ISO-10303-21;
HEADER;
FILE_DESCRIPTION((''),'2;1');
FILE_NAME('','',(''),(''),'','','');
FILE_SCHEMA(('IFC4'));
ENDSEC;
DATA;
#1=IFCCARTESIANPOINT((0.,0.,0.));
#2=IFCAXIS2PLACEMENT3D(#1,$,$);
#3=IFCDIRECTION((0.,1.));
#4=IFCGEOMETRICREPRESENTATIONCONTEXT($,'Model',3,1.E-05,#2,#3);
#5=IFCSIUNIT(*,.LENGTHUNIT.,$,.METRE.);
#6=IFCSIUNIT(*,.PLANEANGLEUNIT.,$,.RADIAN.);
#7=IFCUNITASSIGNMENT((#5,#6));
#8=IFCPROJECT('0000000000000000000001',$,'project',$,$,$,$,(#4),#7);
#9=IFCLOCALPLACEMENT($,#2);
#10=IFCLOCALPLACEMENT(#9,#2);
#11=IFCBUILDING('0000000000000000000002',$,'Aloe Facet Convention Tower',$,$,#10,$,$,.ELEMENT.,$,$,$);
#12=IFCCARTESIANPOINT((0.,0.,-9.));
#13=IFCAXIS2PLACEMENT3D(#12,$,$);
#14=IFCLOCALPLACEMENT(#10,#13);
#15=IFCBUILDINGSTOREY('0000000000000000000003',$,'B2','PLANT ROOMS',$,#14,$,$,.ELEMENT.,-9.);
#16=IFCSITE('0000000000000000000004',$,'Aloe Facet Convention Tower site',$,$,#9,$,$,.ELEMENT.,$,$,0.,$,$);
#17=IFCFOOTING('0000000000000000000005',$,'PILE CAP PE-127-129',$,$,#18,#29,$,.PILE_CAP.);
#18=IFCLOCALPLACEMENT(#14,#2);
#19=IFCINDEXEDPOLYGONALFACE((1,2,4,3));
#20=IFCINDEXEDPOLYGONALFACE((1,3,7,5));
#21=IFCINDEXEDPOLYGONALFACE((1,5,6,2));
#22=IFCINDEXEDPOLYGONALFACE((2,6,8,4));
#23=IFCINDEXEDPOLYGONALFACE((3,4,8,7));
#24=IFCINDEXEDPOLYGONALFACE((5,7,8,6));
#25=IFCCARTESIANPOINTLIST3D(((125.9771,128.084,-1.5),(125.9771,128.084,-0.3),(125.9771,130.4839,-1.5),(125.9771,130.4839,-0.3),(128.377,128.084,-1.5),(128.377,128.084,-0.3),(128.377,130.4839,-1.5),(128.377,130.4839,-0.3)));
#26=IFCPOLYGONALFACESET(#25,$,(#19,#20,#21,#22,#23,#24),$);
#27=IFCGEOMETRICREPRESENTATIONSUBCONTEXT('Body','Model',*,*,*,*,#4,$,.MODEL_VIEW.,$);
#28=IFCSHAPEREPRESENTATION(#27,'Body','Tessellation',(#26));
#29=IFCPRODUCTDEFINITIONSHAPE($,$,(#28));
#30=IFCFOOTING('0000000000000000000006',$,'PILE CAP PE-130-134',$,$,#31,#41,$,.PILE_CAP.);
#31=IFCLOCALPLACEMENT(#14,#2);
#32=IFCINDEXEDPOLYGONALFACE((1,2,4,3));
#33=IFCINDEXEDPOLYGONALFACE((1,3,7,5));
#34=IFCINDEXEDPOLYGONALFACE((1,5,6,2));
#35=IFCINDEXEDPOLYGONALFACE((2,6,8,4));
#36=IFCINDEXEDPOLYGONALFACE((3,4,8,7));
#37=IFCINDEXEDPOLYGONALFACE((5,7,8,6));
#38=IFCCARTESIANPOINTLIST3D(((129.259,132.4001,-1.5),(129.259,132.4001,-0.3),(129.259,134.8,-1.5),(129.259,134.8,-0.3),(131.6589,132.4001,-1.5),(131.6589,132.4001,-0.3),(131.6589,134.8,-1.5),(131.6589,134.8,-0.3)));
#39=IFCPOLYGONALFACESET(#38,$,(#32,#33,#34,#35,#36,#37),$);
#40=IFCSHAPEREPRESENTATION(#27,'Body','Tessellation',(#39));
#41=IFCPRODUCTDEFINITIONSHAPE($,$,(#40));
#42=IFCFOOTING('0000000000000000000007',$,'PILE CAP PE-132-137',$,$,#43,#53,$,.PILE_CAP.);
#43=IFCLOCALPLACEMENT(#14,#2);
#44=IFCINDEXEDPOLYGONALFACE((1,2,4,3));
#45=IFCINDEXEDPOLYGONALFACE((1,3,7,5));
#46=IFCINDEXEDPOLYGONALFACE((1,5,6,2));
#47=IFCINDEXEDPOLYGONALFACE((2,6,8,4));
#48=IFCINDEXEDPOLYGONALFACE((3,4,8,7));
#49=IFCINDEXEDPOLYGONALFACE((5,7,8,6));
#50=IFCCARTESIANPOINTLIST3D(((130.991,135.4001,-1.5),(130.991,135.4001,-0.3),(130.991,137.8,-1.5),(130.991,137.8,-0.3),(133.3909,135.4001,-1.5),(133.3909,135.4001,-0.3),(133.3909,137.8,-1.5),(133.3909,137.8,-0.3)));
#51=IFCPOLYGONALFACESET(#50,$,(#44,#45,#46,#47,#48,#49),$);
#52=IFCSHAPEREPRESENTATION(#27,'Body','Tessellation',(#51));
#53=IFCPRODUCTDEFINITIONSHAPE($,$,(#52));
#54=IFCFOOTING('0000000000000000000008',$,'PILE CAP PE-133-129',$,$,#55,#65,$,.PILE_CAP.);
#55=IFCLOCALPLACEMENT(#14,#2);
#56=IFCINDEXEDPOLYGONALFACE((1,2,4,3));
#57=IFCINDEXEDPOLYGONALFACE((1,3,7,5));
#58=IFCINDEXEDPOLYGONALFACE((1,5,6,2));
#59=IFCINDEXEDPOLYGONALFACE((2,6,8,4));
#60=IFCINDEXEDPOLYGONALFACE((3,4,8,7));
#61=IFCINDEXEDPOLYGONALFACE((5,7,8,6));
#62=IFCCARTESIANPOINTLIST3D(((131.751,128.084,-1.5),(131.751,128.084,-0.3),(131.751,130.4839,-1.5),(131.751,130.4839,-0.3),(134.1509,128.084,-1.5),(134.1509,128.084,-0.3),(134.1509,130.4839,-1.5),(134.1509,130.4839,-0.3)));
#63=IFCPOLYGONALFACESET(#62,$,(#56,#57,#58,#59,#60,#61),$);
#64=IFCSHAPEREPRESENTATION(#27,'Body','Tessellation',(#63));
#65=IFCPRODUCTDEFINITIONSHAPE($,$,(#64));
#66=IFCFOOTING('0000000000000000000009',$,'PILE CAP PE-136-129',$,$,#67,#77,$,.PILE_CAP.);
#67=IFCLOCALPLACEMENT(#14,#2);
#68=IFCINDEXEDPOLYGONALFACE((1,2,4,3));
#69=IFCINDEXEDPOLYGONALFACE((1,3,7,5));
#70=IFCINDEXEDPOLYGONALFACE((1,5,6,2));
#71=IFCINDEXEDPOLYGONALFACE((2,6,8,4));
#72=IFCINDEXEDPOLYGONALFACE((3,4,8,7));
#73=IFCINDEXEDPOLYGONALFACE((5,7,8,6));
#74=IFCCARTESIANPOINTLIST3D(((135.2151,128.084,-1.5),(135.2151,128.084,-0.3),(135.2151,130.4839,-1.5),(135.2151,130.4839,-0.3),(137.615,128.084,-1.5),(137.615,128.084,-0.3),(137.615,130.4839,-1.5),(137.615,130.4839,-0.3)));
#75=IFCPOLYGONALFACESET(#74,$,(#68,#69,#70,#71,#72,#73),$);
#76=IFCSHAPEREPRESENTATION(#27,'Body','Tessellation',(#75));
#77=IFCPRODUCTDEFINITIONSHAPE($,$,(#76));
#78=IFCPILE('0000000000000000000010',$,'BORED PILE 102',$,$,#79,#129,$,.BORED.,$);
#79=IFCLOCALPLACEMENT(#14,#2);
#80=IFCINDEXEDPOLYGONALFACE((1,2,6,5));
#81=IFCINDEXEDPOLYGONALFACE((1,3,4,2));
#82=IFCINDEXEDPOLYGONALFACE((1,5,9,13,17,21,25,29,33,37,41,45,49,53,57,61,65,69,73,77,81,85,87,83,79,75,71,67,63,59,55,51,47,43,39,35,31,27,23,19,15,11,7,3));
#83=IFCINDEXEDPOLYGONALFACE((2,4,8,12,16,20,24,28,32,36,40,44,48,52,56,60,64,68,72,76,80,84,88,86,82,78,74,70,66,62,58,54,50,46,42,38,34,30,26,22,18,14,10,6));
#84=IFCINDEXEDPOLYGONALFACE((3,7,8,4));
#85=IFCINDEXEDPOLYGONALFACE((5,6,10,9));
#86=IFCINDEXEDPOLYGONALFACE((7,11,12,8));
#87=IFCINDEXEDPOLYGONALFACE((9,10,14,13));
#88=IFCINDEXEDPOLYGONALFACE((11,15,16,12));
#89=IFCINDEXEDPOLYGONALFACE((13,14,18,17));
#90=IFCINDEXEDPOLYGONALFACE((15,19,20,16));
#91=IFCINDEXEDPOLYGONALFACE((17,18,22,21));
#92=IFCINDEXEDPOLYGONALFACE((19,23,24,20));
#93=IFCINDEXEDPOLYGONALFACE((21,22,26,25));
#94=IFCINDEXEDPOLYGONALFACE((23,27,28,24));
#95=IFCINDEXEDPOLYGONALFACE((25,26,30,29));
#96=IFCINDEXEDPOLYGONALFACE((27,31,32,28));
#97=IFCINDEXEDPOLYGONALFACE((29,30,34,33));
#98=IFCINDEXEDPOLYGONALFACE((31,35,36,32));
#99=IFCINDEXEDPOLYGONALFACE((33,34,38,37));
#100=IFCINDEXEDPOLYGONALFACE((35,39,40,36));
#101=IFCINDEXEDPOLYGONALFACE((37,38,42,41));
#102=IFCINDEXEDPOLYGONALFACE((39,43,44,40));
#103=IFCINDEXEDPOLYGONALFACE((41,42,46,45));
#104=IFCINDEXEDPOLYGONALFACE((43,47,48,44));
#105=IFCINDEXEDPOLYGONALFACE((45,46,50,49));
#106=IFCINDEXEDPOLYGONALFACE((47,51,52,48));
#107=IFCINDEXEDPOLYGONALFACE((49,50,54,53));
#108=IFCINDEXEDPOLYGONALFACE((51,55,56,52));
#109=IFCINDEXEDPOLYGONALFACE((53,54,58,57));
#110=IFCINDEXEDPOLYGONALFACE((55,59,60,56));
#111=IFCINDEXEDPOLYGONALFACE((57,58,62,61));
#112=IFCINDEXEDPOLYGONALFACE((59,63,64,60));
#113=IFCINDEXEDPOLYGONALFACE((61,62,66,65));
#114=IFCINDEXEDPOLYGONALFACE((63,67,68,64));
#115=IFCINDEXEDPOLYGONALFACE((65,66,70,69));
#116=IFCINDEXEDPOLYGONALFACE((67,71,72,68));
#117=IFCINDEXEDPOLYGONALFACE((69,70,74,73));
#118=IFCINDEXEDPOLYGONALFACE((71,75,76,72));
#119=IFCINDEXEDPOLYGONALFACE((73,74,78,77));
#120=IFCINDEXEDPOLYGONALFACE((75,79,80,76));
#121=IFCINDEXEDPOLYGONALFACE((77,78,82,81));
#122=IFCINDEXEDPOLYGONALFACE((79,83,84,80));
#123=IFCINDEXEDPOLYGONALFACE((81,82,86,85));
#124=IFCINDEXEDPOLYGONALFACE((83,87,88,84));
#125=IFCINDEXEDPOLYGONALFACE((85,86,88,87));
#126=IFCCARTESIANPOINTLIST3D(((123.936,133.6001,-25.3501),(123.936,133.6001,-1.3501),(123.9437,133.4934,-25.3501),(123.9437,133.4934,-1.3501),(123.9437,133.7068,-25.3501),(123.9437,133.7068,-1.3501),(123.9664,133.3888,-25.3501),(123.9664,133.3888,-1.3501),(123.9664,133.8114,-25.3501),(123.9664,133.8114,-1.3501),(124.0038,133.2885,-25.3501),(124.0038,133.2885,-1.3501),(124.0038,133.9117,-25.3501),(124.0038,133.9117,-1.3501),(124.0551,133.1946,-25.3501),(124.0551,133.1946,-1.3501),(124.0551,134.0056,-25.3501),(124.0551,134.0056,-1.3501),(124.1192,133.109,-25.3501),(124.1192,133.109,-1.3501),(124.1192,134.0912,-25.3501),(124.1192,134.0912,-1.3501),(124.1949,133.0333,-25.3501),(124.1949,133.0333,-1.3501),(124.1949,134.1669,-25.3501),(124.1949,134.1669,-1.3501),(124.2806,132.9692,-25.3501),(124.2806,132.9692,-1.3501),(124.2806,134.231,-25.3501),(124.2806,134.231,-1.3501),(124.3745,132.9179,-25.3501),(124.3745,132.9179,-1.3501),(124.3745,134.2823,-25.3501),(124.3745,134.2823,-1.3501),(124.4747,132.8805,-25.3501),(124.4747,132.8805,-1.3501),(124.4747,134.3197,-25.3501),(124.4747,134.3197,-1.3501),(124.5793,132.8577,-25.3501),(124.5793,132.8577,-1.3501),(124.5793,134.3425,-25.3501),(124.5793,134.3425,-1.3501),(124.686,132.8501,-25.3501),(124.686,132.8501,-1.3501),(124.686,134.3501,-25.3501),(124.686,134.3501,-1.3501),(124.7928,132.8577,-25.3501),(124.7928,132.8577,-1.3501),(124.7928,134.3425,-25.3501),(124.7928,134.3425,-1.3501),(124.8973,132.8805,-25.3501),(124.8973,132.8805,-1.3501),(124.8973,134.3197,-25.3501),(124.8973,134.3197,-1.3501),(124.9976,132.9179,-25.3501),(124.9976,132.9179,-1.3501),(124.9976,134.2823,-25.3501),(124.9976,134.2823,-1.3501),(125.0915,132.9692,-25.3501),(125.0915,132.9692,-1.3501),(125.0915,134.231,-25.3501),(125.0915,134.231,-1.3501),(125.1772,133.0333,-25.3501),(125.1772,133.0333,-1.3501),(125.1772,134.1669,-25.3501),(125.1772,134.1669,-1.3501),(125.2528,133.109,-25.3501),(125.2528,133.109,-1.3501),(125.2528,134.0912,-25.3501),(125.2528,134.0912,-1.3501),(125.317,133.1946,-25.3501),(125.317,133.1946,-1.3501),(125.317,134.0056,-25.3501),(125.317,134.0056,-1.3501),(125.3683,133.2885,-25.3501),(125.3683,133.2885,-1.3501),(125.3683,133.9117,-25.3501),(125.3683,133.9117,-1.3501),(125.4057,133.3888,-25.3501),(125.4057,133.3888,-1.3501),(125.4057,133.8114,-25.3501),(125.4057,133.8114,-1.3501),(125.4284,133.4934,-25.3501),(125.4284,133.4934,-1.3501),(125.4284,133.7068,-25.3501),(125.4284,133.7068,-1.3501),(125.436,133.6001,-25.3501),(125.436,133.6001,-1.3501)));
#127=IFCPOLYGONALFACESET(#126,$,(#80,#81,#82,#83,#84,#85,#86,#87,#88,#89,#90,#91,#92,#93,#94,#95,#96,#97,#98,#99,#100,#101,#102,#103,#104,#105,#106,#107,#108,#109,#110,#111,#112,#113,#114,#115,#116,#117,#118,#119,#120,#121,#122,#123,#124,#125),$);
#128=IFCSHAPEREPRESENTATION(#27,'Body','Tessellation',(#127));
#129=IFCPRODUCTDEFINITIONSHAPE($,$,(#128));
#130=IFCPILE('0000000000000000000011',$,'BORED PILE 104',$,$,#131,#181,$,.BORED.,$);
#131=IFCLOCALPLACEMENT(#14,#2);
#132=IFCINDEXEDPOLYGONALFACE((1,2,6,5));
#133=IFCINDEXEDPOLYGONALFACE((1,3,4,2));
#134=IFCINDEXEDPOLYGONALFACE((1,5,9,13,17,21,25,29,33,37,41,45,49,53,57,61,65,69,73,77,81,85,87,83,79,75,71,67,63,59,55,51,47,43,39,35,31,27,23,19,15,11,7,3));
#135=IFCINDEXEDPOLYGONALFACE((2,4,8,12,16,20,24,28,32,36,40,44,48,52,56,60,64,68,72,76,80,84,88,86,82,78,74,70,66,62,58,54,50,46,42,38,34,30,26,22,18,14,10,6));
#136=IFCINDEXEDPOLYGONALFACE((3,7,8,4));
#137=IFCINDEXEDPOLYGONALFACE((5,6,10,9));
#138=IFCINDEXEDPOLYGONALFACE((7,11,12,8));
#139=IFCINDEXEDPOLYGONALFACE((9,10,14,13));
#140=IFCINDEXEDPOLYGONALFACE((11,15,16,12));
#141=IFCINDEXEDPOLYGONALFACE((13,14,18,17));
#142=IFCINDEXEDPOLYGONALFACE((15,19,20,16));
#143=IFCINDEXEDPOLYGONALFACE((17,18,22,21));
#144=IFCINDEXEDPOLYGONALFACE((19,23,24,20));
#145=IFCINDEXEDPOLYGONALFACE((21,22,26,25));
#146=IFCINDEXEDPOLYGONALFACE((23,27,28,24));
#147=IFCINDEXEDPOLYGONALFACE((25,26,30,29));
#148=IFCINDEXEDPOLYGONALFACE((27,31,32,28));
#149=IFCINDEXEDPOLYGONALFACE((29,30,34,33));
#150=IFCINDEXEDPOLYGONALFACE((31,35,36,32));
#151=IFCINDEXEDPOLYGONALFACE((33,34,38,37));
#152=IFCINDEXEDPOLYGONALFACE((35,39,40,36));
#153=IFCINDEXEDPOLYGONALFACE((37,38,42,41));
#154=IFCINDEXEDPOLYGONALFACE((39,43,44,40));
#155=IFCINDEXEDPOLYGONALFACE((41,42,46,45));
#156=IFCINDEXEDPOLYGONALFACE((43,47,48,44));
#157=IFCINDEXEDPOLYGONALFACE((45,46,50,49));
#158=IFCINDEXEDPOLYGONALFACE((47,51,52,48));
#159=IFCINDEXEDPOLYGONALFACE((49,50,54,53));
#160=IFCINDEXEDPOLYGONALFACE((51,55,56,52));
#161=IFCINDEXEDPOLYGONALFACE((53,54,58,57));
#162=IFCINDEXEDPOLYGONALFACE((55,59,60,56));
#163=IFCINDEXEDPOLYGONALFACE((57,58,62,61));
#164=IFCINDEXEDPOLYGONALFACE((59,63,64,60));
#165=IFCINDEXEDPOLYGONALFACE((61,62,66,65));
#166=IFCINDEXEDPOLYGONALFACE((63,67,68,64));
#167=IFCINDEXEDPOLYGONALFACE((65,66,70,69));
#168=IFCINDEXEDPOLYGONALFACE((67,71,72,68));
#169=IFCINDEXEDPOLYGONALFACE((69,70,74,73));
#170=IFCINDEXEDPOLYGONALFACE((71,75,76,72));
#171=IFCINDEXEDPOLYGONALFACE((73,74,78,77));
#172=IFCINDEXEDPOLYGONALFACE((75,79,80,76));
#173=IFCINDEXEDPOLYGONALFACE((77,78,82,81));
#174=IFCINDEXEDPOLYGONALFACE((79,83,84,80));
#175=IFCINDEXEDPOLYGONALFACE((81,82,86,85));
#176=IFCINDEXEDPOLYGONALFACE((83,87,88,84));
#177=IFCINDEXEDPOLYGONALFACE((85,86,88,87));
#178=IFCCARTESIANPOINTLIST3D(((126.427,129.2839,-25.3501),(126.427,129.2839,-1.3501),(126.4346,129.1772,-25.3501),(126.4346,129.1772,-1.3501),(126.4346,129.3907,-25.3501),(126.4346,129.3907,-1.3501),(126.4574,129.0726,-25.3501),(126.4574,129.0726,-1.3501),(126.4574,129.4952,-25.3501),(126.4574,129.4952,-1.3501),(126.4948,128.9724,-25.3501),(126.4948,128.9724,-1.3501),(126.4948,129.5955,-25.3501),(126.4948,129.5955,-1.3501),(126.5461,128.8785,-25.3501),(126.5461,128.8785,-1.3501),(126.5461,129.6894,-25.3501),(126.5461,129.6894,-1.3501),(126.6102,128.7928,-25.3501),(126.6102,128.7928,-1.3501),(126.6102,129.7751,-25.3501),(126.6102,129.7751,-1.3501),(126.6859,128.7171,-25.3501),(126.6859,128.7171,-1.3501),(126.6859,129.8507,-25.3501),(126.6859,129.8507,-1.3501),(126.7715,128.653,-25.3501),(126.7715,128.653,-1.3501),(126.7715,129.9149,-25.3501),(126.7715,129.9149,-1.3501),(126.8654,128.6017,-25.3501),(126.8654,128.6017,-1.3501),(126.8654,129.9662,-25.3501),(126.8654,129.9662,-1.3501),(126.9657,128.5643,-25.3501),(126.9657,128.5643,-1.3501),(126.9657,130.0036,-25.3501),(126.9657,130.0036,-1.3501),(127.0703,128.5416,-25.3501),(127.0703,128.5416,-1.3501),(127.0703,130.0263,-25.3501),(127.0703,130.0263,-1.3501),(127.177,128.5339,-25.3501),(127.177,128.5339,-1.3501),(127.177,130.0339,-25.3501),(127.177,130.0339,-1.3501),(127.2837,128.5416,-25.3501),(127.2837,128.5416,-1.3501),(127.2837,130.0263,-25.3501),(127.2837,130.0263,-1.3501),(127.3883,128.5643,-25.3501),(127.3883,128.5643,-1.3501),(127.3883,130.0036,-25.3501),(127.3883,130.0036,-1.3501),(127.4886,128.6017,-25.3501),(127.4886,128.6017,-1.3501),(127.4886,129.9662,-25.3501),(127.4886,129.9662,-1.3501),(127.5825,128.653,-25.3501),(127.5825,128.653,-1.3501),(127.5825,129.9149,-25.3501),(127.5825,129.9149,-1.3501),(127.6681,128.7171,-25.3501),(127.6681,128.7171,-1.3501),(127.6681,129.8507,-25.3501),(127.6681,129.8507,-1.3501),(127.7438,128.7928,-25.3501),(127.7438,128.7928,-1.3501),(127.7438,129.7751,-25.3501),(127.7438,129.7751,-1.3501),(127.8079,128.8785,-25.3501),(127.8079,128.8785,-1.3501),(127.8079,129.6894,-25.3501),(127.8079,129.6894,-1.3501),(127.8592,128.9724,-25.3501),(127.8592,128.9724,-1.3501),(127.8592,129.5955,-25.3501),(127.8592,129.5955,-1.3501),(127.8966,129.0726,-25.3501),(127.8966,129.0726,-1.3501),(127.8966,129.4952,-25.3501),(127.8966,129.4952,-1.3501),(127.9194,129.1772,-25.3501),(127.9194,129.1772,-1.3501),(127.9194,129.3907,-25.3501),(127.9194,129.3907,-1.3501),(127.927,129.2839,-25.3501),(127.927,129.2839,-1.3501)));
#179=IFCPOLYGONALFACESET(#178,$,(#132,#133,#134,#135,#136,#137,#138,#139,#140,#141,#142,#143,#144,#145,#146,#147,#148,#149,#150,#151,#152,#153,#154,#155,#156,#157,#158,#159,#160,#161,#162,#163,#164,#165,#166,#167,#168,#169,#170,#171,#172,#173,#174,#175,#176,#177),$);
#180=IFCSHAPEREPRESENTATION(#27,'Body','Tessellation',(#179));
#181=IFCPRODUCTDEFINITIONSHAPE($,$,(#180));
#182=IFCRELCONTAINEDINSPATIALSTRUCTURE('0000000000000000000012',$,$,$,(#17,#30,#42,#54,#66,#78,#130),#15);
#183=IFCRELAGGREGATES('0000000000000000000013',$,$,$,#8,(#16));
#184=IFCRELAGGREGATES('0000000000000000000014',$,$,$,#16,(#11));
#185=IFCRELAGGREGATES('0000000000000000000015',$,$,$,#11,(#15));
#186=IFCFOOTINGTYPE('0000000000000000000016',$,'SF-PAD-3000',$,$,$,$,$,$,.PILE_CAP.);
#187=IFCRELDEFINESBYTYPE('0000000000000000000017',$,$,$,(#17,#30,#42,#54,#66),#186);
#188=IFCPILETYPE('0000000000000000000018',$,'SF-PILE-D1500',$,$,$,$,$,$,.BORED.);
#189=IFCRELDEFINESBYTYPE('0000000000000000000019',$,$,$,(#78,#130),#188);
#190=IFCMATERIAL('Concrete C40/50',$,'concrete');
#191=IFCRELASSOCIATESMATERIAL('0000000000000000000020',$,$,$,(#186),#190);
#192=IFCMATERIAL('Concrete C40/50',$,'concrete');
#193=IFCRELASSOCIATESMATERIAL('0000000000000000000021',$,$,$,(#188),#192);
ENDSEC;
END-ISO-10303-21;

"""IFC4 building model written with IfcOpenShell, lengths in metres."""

from ifc_helpers import new_model, si_unit, direction, frame, origin, origin_2d, place, context, subcontext, project, spatial, rectangle, circle, extrude, material, material_profile, profile_set, type_object, element, save


model = new_model("IFC4")

# Units and contexts
model_context = context("Model", 3, precision=1e-05, world=origin(), true_north=direction((0.0, 1.0)))
body_context = subcontext(model_context, "Body", "Model", "MODEL_VIEW")
ifc_project = project(units=[si_unit("LENGTHUNIT", "METRE"), si_unit("PLANEANGLEUNIT", "RADIAN")], contexts=[model_context])

# Site, building, storey
site_placement = place(None, origin())
site = spatial("IfcSite", under=ifc_project, at=site_placement, Name="Aloe Facet Convention Tower site", CompositionType="ELEMENT", RefElevation=0.0)
building_placement = place(site_placement, origin())
building = spatial("IfcBuilding", under=site, at=building_placement, Name="Aloe Facet Convention Tower", CompositionType="ELEMENT")
storey_placement = place(building_placement, frame((0.0, 0.0, -9.0)))
storey = spatial("IfcBuildingStorey", under=building, at=storey_placement, Name="B2", Description="PLANT ROOMS", CompositionType="ELEMENT", Elevation=-9.0)

# Footings
ifc_material_1 = material(Name="Concrete C40/50", Category="concrete")
footing_type = type_object("IfcFootingType", Name="SF-PAD-3000", PredefinedType="PILE_CAP", material=ifc_material_1)
for number, where, z_axis, x_axis, name in (
    (1, (127.177, 129.2839, -1.5), (0.0, 0.0, 1.0), (1.0, 0.0, 0.0), "PILE CAP PE-127-129"),
    (2, (130.459, 133.6001, -1.5), (0.0, 0.0, 1.0), (1.0, 0.0, 0.0), "PILE CAP PE-130-134"),
    (3, (132.1909, 136.6001, -1.5), (0.0, 0.0, 1.0), (1.0, 0.0, 0.0), "PILE CAP PE-132-137"),
    (4, (132.9509, 129.2839, -1.5), (0.0, 0.0, 1.0), (1.0, 0.0, 0.0), "PILE CAP PE-133-129"),
    (5, (136.415, 129.2839, -1.5), (0.0, 0.0, 1.0), (1.0, 0.0, 0.0), "PILE CAP PE-136-129"),
):
    element("IfcFooting", number, at=place(storey_placement, frame(where, z_axis=z_axis, x_axis=x_axis)), inside=storey, type_object=footing_type, Name=name, PredefinedType="PILE_CAP", context=body_context, shape_type="SweptSolid", body=[
        extrude(rectangle(XDim=2.3999, YDim=2.3999, at=origin_2d()), origin(), (0.0, 0.0, 1.0), 1.2),
    ])

# Piles
ifc_material_2 = material(Name="Concrete C40/50", Category="concrete")
ifc_material_profile_1 = material_profile(ifc_material_2, circle(Radius=0.75, at=origin_2d()), Name="D1500")
ifc_profile_set_1 = profile_set([ifc_material_profile_1], Name="Concrete C40/50")
pile_type = type_object("IfcPileType", Name="SF-PILE-D1500", PredefinedType="BORED", material=ifc_profile_set_1)
for number, where, z_axis, x_axis, name in (
    (6, (124.686, 133.6001, -1.3501), (0.0, 0.0, -1.0), (1.0, 0.0, 0.0), "BORED PILE 102"),
    (7, (127.177, 129.2839, -1.3501), (0.0, 0.0, -1.0), (1.0, 0.0, 0.0), "BORED PILE 104"),
):
    element("IfcPile", number, at=place(storey_placement, frame(where, z_axis=z_axis, x_axis=x_axis)), inside=storey, type_object=pile_type, Name=name, PredefinedType="BORED", context=body_context, shape_type="SweptSolid", body=[
        extrude(circle(Radius=0.75, at=origin_2d()), origin(), (0.0, 0.0, 1.0), 24.0),
    ])

save(model, "model.ifc")
